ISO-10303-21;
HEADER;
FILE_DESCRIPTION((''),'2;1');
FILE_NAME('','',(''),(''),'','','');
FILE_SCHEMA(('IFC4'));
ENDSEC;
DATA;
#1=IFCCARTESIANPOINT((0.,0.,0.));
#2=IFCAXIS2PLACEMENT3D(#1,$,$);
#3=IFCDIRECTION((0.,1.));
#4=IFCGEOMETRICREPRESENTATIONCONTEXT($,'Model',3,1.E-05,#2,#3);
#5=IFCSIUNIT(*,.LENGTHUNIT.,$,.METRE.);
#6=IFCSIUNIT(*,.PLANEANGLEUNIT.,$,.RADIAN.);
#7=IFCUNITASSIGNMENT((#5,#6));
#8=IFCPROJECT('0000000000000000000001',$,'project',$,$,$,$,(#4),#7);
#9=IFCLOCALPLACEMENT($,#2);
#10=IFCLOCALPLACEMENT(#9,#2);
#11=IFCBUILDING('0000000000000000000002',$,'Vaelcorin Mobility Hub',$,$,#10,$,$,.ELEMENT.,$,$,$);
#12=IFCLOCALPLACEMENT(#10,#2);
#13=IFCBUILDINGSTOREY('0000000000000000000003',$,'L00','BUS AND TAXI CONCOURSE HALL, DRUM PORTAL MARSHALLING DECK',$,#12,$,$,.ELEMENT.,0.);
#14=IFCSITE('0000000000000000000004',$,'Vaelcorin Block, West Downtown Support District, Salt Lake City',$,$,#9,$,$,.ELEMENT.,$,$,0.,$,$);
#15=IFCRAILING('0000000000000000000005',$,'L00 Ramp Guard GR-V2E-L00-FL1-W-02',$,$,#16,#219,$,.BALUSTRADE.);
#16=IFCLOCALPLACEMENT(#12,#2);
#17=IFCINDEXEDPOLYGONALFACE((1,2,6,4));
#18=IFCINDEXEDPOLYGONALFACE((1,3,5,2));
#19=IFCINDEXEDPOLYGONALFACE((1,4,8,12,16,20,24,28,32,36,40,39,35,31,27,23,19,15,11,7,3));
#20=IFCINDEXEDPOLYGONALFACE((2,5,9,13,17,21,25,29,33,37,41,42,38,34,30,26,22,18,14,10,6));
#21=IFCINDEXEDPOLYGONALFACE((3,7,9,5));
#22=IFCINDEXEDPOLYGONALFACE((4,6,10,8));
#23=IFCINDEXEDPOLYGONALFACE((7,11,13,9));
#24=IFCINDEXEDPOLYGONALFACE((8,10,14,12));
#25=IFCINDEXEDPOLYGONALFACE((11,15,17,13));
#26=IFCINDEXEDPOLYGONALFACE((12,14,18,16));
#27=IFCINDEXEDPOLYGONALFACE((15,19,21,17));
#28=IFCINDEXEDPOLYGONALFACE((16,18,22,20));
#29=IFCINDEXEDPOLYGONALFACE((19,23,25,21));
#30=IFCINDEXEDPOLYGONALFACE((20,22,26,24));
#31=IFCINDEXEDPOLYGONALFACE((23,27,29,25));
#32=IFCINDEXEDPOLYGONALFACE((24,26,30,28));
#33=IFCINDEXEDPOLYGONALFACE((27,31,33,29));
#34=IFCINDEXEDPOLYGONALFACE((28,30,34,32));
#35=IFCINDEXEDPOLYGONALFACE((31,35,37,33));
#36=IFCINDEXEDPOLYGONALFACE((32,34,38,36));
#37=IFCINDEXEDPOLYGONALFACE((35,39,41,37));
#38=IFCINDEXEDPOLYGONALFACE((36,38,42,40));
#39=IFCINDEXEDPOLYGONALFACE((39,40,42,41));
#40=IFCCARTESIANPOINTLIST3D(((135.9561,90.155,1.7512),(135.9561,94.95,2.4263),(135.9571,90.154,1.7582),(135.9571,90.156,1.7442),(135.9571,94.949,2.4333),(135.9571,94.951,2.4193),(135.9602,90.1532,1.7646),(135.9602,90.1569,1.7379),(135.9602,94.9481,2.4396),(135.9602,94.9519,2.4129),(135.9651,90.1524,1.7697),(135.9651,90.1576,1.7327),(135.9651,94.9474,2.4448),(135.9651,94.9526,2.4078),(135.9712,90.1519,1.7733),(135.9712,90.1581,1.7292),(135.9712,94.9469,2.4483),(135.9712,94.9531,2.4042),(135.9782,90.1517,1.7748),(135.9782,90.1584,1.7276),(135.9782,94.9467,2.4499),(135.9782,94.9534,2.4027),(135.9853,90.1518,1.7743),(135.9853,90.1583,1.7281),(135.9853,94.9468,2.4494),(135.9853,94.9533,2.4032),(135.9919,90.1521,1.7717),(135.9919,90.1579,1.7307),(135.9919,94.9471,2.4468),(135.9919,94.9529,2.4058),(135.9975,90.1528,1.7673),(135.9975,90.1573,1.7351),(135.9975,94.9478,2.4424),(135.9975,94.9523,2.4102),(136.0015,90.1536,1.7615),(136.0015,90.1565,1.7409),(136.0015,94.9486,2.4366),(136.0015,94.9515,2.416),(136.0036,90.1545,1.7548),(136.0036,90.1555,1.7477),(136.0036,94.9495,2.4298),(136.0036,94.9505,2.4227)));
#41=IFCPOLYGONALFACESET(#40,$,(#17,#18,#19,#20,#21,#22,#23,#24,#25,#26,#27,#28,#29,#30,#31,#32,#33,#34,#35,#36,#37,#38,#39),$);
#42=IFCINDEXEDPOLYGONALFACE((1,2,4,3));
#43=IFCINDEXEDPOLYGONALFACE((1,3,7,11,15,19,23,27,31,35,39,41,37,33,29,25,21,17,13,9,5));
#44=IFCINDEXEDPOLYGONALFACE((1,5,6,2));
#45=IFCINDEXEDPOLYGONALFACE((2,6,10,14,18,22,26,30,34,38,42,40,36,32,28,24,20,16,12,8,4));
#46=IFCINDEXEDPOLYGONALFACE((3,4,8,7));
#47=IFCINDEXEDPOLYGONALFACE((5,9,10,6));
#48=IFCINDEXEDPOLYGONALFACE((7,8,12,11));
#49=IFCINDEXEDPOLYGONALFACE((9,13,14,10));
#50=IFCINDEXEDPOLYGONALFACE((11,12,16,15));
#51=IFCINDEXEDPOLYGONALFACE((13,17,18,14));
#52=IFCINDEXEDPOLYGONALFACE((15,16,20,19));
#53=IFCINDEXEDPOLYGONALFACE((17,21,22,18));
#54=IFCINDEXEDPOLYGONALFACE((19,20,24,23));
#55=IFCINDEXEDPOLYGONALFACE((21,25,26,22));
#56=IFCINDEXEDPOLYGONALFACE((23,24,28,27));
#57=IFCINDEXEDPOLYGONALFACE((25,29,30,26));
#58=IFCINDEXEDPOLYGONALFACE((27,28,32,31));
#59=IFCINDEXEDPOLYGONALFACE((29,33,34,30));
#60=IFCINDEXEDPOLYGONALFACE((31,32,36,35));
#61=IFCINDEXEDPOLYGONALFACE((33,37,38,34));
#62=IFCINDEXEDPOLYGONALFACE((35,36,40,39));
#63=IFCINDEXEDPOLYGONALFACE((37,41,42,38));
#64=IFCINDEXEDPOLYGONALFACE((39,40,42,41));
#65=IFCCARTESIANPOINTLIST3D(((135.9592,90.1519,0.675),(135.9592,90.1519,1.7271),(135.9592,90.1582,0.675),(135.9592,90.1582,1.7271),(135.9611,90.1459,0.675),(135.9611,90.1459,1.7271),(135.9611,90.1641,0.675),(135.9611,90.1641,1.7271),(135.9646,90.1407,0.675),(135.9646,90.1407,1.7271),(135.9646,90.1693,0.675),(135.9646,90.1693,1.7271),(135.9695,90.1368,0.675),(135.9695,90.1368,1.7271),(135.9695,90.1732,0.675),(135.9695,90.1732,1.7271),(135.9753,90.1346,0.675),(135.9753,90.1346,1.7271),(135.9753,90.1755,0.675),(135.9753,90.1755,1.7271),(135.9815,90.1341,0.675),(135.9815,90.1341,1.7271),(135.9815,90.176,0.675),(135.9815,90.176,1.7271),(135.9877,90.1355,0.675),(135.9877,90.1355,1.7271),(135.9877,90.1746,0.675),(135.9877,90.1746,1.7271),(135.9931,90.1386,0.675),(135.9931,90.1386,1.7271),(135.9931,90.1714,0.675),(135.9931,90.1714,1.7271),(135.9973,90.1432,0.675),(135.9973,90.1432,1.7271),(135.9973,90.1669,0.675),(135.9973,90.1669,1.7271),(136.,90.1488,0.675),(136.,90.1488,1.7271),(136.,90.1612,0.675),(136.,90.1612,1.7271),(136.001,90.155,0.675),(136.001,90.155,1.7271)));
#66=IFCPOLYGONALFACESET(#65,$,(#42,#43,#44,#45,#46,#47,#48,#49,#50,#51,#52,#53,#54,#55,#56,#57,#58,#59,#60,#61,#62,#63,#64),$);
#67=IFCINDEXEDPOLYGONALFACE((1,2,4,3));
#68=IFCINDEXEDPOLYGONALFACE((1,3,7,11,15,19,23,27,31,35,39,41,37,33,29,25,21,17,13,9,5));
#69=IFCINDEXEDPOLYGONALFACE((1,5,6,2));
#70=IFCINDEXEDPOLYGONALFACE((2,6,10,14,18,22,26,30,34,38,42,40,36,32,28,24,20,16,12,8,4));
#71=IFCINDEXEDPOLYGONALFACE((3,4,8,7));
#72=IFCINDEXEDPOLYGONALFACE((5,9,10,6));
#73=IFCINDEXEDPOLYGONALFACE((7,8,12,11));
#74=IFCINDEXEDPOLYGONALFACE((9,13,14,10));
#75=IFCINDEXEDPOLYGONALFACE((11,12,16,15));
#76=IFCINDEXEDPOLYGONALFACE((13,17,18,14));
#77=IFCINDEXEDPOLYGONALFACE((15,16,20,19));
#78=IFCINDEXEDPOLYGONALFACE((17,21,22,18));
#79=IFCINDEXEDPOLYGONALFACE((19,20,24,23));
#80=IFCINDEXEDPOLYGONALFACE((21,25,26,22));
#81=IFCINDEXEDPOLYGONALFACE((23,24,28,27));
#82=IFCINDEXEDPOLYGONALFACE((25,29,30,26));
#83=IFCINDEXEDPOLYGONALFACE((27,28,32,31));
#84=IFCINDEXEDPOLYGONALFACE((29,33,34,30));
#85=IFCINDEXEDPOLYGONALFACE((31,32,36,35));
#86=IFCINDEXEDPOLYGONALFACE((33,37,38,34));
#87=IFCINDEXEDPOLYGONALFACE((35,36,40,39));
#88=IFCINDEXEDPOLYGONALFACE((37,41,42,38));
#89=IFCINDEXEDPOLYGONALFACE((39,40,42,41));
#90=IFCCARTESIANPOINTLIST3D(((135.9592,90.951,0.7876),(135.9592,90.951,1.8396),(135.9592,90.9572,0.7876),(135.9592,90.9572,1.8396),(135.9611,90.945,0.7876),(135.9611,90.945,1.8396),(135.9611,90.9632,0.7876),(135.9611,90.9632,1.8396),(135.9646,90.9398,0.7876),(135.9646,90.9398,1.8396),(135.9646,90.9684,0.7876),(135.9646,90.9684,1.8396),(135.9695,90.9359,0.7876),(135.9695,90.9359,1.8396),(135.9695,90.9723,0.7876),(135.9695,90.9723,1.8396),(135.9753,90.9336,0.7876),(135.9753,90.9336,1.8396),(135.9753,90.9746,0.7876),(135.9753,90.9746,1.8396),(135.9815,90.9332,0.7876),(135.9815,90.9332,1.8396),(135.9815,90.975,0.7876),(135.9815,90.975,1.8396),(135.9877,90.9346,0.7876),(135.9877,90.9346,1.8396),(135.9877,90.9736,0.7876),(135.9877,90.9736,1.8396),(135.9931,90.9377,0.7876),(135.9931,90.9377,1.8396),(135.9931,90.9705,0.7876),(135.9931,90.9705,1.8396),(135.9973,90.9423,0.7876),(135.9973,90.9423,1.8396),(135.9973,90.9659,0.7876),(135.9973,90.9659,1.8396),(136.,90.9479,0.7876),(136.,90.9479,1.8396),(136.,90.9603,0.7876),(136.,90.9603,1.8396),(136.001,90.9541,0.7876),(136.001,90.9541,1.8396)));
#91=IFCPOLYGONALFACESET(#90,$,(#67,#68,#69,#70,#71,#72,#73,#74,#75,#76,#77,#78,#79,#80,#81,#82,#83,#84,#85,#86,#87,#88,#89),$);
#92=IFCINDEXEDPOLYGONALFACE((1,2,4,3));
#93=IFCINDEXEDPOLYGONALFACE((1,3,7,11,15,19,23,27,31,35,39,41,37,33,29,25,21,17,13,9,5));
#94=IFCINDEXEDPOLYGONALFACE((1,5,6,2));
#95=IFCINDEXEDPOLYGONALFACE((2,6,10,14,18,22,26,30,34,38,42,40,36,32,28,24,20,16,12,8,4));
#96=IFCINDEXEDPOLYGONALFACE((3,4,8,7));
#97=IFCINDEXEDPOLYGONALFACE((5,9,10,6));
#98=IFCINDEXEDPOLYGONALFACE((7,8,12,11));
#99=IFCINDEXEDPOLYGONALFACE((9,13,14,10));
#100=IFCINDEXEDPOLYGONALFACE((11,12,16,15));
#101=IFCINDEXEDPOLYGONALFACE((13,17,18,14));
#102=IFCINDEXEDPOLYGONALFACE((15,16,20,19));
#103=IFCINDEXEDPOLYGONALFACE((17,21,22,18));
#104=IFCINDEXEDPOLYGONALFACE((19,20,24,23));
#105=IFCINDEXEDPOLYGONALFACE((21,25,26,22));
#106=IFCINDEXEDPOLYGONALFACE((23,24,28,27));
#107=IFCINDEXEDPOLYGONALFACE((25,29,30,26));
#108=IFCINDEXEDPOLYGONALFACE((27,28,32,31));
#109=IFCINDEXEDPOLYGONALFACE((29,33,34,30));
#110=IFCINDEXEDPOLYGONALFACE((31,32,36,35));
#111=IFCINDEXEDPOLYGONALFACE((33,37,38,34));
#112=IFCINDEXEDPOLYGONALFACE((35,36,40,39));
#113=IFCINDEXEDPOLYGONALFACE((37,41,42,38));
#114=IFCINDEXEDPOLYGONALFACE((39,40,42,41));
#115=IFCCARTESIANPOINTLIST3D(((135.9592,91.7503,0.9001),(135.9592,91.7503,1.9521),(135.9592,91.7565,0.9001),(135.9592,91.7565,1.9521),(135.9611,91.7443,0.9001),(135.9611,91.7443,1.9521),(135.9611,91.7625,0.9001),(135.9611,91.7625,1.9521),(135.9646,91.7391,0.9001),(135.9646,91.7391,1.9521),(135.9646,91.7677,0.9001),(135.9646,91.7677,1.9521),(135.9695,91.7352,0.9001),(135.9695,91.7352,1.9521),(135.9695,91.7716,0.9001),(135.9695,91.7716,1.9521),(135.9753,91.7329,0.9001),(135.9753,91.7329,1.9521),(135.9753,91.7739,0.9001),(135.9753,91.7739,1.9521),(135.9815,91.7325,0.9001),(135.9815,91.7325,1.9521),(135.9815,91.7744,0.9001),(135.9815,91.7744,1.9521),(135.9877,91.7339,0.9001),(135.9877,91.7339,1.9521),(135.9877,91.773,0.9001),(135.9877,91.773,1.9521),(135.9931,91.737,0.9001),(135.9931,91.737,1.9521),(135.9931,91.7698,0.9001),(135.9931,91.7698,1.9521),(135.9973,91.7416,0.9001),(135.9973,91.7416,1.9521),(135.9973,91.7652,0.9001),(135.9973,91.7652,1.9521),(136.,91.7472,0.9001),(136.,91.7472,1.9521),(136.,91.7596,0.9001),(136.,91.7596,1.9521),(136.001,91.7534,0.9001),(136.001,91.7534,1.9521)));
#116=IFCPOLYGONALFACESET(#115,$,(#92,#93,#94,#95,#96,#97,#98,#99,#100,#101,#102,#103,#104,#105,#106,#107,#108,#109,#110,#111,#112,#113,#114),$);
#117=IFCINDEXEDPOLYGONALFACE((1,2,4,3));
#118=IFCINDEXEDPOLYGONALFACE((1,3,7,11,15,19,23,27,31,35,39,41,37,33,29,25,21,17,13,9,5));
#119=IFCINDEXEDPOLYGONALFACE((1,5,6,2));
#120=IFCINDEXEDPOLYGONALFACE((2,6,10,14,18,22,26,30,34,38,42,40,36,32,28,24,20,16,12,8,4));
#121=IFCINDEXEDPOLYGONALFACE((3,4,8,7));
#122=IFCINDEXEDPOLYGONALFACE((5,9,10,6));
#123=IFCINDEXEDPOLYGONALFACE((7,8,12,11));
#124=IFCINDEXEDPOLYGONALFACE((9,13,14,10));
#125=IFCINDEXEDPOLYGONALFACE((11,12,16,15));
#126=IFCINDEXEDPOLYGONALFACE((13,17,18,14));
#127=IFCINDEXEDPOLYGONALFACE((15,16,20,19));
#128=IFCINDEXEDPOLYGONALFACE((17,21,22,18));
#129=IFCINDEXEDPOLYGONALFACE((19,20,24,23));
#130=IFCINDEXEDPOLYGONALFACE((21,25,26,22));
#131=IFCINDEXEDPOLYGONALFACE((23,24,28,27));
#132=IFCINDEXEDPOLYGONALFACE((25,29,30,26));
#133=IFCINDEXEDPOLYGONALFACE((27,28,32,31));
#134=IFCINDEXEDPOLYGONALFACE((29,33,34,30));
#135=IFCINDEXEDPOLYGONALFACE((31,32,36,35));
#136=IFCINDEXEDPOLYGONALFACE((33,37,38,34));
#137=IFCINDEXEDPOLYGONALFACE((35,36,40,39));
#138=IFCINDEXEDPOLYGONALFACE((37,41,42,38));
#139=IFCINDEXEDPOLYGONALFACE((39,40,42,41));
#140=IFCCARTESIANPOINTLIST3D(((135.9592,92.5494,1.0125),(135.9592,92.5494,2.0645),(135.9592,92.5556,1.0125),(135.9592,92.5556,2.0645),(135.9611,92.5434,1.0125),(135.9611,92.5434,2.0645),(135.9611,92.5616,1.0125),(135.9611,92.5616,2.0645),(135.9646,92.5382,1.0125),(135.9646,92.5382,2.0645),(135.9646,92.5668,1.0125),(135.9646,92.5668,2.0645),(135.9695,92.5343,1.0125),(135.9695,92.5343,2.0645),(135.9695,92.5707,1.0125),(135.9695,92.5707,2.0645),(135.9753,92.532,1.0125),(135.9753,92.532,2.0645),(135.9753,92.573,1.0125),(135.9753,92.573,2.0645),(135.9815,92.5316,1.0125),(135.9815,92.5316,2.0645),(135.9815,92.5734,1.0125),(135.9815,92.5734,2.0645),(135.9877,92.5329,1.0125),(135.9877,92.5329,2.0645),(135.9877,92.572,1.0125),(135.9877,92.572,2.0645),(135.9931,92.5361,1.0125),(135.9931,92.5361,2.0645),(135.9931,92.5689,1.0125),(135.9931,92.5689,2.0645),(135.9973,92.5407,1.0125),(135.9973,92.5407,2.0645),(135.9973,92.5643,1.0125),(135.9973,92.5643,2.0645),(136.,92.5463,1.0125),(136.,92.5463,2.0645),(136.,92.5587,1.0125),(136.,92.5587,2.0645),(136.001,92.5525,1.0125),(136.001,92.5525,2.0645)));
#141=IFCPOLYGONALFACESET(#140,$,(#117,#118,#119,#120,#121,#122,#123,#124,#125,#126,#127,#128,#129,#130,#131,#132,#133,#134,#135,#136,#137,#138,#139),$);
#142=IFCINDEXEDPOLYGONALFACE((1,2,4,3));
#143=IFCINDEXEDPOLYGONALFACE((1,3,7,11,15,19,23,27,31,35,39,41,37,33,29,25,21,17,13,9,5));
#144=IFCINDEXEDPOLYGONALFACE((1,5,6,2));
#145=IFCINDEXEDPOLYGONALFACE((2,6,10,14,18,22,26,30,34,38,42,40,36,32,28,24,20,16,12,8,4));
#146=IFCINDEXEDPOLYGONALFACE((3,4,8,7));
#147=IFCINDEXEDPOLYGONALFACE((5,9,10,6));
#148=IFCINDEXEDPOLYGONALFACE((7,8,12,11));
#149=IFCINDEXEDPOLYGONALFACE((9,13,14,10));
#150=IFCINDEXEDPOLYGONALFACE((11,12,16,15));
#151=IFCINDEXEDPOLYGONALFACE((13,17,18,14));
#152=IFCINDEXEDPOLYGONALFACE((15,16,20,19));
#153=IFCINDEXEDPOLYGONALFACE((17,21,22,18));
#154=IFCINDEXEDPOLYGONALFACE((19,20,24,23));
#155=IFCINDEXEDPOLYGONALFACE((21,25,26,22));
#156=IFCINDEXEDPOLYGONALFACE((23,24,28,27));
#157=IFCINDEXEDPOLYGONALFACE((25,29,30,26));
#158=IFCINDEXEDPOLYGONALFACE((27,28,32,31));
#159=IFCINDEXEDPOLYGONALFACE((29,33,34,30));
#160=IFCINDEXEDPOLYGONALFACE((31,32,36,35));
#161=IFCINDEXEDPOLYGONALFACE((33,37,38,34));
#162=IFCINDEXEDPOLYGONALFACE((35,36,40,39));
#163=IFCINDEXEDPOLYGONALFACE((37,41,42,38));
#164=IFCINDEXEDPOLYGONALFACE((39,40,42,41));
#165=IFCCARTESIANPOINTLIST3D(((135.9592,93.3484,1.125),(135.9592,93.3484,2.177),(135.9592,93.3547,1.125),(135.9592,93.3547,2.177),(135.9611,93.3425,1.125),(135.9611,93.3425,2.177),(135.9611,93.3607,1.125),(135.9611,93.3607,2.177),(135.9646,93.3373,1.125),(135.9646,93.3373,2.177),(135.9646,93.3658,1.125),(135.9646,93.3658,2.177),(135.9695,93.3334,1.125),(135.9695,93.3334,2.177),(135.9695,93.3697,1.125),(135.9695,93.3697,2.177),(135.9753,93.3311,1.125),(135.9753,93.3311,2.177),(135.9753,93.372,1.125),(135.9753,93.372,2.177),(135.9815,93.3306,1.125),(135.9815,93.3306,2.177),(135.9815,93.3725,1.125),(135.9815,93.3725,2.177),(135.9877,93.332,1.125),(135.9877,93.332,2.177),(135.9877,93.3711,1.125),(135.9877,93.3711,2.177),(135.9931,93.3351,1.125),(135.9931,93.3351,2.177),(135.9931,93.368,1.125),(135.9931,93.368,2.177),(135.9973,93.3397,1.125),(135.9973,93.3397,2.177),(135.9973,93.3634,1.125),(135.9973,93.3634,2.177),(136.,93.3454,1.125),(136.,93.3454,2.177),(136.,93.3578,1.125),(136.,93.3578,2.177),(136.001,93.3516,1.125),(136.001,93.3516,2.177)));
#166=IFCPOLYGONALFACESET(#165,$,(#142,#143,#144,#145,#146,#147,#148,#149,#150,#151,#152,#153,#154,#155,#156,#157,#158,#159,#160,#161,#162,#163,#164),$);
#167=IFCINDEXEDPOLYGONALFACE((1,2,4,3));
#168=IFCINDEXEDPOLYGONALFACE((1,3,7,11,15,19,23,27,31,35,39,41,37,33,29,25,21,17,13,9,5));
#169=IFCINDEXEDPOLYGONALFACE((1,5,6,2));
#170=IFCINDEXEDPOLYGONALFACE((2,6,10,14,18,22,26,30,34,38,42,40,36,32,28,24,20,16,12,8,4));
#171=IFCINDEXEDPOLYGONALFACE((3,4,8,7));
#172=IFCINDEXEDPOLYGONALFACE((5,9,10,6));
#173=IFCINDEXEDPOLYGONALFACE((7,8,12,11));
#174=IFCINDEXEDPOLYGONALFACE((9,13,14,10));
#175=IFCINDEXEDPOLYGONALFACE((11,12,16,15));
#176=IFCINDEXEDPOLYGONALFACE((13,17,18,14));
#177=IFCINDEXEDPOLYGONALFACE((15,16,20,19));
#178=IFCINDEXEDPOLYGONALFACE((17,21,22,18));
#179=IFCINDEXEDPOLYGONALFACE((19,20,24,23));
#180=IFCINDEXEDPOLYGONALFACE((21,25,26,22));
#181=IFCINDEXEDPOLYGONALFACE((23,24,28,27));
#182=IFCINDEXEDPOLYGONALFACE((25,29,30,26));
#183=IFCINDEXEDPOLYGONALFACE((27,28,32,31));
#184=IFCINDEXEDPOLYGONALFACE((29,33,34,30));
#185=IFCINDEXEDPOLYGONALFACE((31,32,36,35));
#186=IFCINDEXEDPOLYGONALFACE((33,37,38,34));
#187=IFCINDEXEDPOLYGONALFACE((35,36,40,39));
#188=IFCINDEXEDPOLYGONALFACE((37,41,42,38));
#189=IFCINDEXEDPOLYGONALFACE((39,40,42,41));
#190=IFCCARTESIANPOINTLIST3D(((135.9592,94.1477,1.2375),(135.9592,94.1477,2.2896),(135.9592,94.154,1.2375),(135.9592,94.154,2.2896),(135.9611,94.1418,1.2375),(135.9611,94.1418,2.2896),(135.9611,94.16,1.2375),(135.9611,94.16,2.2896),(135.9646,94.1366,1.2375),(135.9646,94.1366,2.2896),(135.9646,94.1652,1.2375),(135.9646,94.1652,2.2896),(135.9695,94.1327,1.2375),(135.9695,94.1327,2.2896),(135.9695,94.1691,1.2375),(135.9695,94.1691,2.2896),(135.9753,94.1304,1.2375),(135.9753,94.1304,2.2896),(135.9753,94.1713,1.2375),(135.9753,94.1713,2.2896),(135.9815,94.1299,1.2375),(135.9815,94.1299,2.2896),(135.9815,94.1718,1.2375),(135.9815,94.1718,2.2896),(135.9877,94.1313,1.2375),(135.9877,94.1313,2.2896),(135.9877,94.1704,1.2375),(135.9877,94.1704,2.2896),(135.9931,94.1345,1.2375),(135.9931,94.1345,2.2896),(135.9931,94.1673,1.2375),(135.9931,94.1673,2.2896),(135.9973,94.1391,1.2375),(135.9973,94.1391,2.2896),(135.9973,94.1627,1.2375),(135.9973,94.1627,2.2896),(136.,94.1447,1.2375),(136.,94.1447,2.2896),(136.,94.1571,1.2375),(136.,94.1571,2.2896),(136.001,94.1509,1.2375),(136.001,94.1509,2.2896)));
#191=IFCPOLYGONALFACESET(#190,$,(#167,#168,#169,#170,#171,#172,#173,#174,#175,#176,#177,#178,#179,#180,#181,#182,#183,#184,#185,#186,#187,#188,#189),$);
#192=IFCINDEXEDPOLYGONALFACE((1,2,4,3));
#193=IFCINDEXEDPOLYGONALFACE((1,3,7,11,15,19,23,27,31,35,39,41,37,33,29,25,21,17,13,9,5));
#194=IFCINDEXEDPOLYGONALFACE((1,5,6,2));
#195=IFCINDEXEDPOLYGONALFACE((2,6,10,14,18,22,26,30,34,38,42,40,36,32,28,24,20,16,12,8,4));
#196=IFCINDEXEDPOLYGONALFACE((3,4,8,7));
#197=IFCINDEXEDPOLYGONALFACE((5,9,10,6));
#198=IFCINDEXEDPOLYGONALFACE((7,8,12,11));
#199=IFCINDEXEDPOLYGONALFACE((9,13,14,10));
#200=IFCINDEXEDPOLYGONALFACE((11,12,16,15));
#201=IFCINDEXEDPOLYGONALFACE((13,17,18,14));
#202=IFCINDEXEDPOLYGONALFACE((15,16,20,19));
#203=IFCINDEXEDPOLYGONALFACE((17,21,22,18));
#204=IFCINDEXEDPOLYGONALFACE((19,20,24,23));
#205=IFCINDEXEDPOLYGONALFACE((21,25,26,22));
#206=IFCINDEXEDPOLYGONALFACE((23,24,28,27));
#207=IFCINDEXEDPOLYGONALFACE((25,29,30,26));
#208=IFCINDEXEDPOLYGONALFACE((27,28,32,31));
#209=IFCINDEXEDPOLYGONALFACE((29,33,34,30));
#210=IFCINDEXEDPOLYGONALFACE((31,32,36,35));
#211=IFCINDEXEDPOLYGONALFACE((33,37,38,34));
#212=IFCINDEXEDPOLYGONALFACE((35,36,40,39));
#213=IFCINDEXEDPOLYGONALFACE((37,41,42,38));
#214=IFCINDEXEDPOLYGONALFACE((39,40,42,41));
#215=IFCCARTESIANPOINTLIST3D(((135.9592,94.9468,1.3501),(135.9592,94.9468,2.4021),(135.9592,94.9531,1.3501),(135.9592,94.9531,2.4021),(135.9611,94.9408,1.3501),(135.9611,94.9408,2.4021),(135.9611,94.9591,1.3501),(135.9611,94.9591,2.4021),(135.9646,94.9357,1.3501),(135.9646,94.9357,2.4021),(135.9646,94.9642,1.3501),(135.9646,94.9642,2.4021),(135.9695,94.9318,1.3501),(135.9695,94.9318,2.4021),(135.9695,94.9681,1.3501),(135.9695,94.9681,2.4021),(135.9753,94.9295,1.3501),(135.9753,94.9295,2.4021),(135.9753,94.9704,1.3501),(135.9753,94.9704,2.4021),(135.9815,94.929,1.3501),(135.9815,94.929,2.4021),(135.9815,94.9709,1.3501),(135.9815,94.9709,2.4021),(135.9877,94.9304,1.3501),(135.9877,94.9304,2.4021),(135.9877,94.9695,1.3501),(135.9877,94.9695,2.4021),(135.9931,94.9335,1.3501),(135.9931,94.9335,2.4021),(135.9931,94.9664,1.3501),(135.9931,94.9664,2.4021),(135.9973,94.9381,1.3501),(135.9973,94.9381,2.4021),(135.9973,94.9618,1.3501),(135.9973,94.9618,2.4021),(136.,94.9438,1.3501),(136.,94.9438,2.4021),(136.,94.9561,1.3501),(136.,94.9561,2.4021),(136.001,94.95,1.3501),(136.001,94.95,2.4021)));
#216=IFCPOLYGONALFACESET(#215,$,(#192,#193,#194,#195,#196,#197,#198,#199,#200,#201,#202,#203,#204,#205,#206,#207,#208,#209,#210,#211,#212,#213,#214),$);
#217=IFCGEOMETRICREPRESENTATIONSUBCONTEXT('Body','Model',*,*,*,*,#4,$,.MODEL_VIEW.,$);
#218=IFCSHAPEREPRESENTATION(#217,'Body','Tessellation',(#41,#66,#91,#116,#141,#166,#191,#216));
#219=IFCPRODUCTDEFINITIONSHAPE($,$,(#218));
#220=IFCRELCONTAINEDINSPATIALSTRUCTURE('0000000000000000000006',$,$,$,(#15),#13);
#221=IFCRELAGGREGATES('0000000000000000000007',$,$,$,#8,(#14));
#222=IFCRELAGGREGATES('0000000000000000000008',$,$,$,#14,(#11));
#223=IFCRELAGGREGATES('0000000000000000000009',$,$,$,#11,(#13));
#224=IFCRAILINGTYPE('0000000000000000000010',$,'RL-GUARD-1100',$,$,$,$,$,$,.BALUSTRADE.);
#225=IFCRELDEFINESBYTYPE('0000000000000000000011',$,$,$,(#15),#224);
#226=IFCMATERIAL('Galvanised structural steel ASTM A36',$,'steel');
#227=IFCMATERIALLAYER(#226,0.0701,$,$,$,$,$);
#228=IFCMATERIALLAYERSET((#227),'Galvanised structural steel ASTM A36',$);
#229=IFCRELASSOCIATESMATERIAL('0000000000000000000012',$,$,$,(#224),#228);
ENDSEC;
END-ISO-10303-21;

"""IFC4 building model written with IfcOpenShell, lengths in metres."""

from ifc_helpers import new_model, si_unit, direction, frame, origin, origin_2d, place, context, subcontext, project, spatial, circle, extrude, material, layer, layer_set, type_object, element, save


model = new_model("IFC4")

# Units and contexts
model_context = context("Model", 3, precision=1e-05, world=origin(), true_north=direction((0.0, 1.0)))
body_context = subcontext(model_context, "Body", "Model", "MODEL_VIEW")
ifc_project = project(units=[si_unit("LENGTHUNIT", "METRE"), si_unit("PLANEANGLEUNIT", "RADIAN")], contexts=[model_context])

# Site, building, storey
site_placement = place(None, origin())
site = spatial("IfcSite", under=ifc_project, at=site_placement, Name="Vaelcorin Block, West Downtown Support District, Salt Lake City", CompositionType="ELEMENT", RefElevation=0.0)
building_placement = place(site_placement, origin())
building = spatial("IfcBuilding", under=site, at=building_placement, Name="Vaelcorin Mobility Hub", CompositionType="ELEMENT")
storey_placement = place(building_placement, origin())
storey = spatial("IfcBuildingStorey", under=building, at=storey_placement, Name="L00", Description="BUS AND TAXI CONCOURSE HALL, DRUM PORTAL MARSHALLING DECK", CompositionType="ELEMENT", Elevation=0.0)

# Railing
ifc_material_1 = material(Name="Galvanised structural steel ASTM A36", Category="steel")
ifc_layer_1 = layer(ifc_material_1, 0.0701)
ifc_layer_set_1 = layer_set([ifc_layer_1], Name="Galvanised structural steel ASTM A36")
railing_type = type_object("IfcRailingType", Name="RL-GUARD-1100", PredefinedType="BALUSTRADE", material=ifc_layer_set_1)
railing_1_placement = place(storey_placement, frame((135.98, 90.155, 0.675)))
element("IfcRailing", 1, at=railing_1_placement, inside=storey, type_object=railing_type, Name="L00 Ramp Guard GR-V2E-L00-FL1-W-02", PredefinedType="BALUSTRADE", context=body_context, shape_type="SweptSolid", body=[
    extrude(circle(Radius=0.0239, at=origin_2d()), frame((0.0, 0.0, 1.0762), z_axis=(0.0, 0.990235, 0.139409), x_axis=(-1.0, 0.0, 0.0)), (0.0, 0.0, 1.0), 4.8423),
    extrude(circle(Radius=0.021, at=origin_2d()), origin(), (0.0, 0.0, 1.0), 1.052),
    extrude(circle(Radius=0.021, at=origin_2d()), frame((0.0, 0.7991, 0.1125)), (0.0, 0.0, 1.0), 1.052),
    extrude(circle(Radius=0.021, at=origin_2d()), frame((0.0, 1.5984, 0.2251)), (0.0, 0.0, 1.0), 1.052),
    extrude(circle(Radius=0.021, at=origin_2d()), frame((0.0, 2.3975, 0.3374)), (0.0, 0.0, 1.0), 1.052),
    extrude(circle(Radius=0.021, at=origin_2d()), frame((0.0, 3.1965, 0.45)), (0.0, 0.0, 1.0), 1.052),
    extrude(circle(Radius=0.021, at=origin_2d()), frame((0.0, 3.9958, 0.5625)), (0.0, 0.0, 1.0), 1.052),
    extrude(circle(Radius=0.021, at=origin_2d()), frame((0.0, 4.7949, 0.675)), (0.0, 0.0, 1.0), 1.052),
])

save(model, "model.ifc")
